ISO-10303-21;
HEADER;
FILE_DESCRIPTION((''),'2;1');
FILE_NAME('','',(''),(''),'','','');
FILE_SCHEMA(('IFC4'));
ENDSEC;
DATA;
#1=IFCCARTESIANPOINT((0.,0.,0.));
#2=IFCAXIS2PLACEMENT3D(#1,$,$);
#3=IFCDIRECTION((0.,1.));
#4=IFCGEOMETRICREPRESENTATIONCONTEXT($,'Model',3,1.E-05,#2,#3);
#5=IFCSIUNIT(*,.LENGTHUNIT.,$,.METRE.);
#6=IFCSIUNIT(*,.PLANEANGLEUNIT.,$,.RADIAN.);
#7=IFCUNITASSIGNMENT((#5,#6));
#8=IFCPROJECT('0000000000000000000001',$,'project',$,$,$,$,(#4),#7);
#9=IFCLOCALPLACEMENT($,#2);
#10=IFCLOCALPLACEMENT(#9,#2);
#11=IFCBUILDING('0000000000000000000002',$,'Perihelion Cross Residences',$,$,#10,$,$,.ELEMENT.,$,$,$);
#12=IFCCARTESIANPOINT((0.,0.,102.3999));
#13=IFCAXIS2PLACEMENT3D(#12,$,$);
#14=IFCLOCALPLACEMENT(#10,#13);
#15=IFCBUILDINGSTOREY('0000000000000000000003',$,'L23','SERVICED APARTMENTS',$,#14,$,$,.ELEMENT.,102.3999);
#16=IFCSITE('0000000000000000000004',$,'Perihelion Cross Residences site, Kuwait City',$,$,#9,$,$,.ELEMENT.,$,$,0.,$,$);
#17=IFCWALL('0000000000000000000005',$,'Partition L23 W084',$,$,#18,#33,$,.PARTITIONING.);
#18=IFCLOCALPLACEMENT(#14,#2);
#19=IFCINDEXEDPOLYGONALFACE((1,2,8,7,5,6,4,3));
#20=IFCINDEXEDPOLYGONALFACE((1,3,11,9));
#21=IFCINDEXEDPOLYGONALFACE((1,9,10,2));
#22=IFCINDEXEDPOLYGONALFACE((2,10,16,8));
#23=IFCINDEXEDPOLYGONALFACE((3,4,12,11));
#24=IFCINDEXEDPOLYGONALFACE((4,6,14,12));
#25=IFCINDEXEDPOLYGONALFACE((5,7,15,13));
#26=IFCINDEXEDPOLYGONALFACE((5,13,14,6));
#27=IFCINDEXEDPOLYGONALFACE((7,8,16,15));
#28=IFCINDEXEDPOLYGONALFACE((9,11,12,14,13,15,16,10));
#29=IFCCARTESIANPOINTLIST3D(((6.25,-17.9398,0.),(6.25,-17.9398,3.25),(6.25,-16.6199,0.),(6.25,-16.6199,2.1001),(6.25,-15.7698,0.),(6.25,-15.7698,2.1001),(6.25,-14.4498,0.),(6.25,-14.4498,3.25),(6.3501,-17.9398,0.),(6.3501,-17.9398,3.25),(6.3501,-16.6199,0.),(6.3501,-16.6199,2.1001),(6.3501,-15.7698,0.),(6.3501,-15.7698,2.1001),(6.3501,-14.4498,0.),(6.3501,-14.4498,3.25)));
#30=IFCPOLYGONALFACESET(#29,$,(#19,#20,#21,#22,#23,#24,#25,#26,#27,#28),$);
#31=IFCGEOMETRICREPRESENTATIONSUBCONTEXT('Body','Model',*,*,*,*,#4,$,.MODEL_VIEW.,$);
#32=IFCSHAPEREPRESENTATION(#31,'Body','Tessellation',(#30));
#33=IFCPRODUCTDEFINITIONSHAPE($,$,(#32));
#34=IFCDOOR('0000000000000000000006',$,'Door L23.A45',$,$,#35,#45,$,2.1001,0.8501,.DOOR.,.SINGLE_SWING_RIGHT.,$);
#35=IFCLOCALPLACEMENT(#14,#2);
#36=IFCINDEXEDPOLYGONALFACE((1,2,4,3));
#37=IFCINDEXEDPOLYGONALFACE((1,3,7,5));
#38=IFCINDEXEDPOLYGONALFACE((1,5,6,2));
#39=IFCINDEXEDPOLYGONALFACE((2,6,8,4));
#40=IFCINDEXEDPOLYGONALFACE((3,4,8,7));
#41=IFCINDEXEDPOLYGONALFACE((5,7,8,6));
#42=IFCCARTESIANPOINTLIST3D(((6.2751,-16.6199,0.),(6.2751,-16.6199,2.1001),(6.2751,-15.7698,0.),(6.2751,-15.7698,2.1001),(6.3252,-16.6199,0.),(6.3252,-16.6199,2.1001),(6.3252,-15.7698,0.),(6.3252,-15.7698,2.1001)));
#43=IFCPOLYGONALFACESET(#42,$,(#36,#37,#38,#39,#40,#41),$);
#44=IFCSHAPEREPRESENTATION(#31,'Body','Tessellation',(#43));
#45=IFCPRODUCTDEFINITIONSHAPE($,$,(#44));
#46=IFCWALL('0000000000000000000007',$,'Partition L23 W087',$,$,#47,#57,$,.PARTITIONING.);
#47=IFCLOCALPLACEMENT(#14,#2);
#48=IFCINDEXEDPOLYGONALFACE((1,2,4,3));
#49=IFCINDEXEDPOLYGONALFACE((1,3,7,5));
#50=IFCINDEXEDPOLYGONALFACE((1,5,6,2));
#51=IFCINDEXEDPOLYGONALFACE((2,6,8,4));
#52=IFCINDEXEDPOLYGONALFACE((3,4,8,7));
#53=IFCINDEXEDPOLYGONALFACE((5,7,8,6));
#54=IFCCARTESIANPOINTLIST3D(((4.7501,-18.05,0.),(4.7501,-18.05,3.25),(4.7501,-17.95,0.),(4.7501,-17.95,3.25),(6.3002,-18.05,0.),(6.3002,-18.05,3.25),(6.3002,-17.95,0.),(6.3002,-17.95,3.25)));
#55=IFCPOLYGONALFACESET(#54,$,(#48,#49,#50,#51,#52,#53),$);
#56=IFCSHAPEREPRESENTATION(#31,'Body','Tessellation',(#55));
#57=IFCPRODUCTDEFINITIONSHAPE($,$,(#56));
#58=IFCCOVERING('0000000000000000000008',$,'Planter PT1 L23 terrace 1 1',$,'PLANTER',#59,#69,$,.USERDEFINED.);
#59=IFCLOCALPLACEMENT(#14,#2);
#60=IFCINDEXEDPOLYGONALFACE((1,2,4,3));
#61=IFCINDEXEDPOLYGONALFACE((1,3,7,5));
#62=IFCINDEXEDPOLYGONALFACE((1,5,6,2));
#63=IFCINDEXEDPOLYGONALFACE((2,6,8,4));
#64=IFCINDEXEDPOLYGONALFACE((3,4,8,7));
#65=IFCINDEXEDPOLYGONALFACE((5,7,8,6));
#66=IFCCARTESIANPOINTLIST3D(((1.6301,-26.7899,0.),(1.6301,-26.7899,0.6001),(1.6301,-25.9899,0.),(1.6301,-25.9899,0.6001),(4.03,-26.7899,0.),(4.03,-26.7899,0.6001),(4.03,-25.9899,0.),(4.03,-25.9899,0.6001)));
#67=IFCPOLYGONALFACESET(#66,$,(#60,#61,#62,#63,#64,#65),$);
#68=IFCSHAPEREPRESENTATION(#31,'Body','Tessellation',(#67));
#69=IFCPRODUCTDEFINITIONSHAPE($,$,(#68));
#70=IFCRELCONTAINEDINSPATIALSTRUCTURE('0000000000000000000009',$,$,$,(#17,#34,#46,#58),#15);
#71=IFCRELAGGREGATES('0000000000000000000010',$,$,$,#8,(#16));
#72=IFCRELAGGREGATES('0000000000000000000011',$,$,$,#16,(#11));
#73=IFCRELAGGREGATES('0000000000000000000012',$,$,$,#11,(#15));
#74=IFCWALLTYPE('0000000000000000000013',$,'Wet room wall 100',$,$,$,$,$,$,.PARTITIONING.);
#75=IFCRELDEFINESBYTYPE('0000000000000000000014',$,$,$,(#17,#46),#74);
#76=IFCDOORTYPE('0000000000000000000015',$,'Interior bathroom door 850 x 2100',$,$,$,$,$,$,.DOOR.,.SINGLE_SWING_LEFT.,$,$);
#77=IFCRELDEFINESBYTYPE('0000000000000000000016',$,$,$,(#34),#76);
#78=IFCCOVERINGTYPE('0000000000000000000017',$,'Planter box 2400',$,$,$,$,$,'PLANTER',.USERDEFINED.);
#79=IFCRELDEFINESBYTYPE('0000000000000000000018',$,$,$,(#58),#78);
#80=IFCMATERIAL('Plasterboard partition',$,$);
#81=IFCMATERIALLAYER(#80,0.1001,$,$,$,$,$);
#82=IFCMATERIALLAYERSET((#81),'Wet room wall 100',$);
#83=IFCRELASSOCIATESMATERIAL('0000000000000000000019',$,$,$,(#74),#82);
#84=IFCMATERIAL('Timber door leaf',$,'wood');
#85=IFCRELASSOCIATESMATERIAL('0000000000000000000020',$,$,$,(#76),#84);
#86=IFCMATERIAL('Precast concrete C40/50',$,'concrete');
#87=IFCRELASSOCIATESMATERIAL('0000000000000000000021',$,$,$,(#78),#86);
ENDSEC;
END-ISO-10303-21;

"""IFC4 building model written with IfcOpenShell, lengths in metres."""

from ifc_helpers import new_model, si_unit, direction, frame, frame_2d, origin, origin_2d, place, context, subcontext, project, spatial, rectangle, extrude, material, layer, layer_set, type_object, element, fill, save


model = new_model("IFC4")

# Units and contexts
model_context = context("Model", 3, precision=1e-05, world=origin(), true_north=direction((0.0, 1.0)))
body_context = subcontext(model_context, "Body", "Model", "MODEL_VIEW")
ifc_project = project(units=[si_unit("LENGTHUNIT", "METRE"), si_unit("PLANEANGLEUNIT", "RADIAN")], contexts=[model_context])

# Site, building, storey
site_placement = place(None, origin())
site = spatial("IfcSite", under=ifc_project, at=site_placement, Name="Perihelion Cross Residences site, Kuwait City", CompositionType="ELEMENT", RefElevation=0.0)
building_placement = place(site_placement, origin())
building = spatial("IfcBuilding", under=site, at=building_placement, Name="Perihelion Cross Residences", CompositionType="ELEMENT")
storey_placement = place(building_placement, frame((0.0, 0.0, 102.3999)))
storey = spatial("IfcBuildingStorey", under=building, at=storey_placement, Name="L23", Description="SERVICED APARTMENTS", CompositionType="ELEMENT", Elevation=102.3999)

# Wall, opening, door
ifc_material_1 = material(Name="Plasterboard partition")
ifc_layer_1 = layer(ifc_material_1, 0.1001)
ifc_layer_set_1 = layer_set([ifc_layer_1], Name="Wet room wall 100")
wall_type_1 = type_object("IfcWallType", Name="Wet room wall 100", PredefinedType="PARTITIONING", material=ifc_layer_set_1)
wall_1_placement = place(storey_placement, frame((6.3, -17.9399, 0.0), z_axis=(0.0, 0.0, 1.0), x_axis=(0.0, 1.0, 0.0)))
wall_1 = element("IfcWall", 1, at=wall_1_placement, inside=storey, type_object=wall_type_1, Name="Partition L23 W084", PredefinedType="PARTITIONING", context=body_context, shape_type="SweptSolid", body=[
    extrude(rectangle(XDim=3.49, YDim=0.1001, at=frame_2d((1.7451, 0.0))), origin(), (0.0, 0.0, 1.0), 3.25),
])
opening_1_placement = place(wall_1_placement, frame((1.3201, 0.0, 0.0)))
opening_1 = element("IfcOpeningElement", 2, at=opening_1_placement, cuts=wall_1, PredefinedType="OPENING", context=body_context, shape_type="SweptSolid", body=[
    extrude(rectangle(XDim=0.8501, YDim=2.1001, at=frame_2d((0.425, 1.05))), frame((0.0, 0.0601, 0.0), z_axis=(0.0, -1.0, 0.0), x_axis=(1.0, 0.0, 0.0)), (0.0, 0.0, 1.0), 0.1201),
])
ifc_material_2 = material(Name="Timber door leaf", Category="wood")
door_type_1 = type_object("IfcDoorType", Name="Interior bathroom door 850 x 2100", OperationType="SINGLE_SWING_LEFT", PredefinedType="DOOR", material=ifc_material_2)
door_1_placement = place(opening_1_placement, origin())
door_1 = element("IfcDoor", 3, at=door_1_placement, inside=storey, type_object=door_type_1, Name="Door L23.A45", OperationType="SINGLE_SWING_RIGHT", OverallHeight=2.1001, OverallWidth=0.8501, PredefinedType="DOOR", context=body_context, shape_type="SweptSolid", body=[
    extrude(rectangle(XDim=0.8501, YDim=2.1001, at=frame_2d((0.425, 1.05))), frame((0.0, 0.0249, 0.0), z_axis=(0.0, -1.0, 0.0), x_axis=(1.0, 0.0, 0.0)), (0.0, 0.0, 1.0), 0.05),
])
fill(opening_1, door_1)

# Wall
wall_2_placement = place(storey_placement, frame((6.3, -18.0, 0.0), z_axis=(0.0, 0.0, 1.0), x_axis=(-1.0, 0.0, 0.0)))
element("IfcWall", 4, at=wall_2_placement, inside=storey, type_object=wall_type_1, Name="Partition L23 W087", PredefinedType="PARTITIONING", context=body_context, shape_type="SweptSolid", body=[
    extrude(rectangle(XDim=1.55, YDim=0.1001, at=frame_2d((0.7749, 0.0))), origin(), (0.0, 0.0, 1.0), 3.25),
])

# Covering
ifc_material_3 = material(Name="Precast concrete C40/50", Category="concrete")
covering_type = type_object("IfcCoveringType", Name="Planter box 2400", ElementType="PLANTER", PredefinedType="USERDEFINED", material=ifc_material_3)
covering_placement = place(storey_placement, frame((2.8301, -26.3899, 0.0), z_axis=(0.0, 0.0, 1.0), x_axis=(-1.0, 0.0, 0.0)))
element("IfcCovering", 5, at=covering_placement, inside=storey, type_object=covering_type, Name="Planter PT1 L23 terrace 1 1", ObjectType="PLANTER", PredefinedType="USERDEFINED", context=body_context, shape_type="SweptSolid", body=[
    extrude(rectangle(XDim=2.3999, YDim=0.8, at=origin_2d()), origin(), (0.0, 0.0, 1.0), 0.6001),
])

save(model, "model.ifc")
